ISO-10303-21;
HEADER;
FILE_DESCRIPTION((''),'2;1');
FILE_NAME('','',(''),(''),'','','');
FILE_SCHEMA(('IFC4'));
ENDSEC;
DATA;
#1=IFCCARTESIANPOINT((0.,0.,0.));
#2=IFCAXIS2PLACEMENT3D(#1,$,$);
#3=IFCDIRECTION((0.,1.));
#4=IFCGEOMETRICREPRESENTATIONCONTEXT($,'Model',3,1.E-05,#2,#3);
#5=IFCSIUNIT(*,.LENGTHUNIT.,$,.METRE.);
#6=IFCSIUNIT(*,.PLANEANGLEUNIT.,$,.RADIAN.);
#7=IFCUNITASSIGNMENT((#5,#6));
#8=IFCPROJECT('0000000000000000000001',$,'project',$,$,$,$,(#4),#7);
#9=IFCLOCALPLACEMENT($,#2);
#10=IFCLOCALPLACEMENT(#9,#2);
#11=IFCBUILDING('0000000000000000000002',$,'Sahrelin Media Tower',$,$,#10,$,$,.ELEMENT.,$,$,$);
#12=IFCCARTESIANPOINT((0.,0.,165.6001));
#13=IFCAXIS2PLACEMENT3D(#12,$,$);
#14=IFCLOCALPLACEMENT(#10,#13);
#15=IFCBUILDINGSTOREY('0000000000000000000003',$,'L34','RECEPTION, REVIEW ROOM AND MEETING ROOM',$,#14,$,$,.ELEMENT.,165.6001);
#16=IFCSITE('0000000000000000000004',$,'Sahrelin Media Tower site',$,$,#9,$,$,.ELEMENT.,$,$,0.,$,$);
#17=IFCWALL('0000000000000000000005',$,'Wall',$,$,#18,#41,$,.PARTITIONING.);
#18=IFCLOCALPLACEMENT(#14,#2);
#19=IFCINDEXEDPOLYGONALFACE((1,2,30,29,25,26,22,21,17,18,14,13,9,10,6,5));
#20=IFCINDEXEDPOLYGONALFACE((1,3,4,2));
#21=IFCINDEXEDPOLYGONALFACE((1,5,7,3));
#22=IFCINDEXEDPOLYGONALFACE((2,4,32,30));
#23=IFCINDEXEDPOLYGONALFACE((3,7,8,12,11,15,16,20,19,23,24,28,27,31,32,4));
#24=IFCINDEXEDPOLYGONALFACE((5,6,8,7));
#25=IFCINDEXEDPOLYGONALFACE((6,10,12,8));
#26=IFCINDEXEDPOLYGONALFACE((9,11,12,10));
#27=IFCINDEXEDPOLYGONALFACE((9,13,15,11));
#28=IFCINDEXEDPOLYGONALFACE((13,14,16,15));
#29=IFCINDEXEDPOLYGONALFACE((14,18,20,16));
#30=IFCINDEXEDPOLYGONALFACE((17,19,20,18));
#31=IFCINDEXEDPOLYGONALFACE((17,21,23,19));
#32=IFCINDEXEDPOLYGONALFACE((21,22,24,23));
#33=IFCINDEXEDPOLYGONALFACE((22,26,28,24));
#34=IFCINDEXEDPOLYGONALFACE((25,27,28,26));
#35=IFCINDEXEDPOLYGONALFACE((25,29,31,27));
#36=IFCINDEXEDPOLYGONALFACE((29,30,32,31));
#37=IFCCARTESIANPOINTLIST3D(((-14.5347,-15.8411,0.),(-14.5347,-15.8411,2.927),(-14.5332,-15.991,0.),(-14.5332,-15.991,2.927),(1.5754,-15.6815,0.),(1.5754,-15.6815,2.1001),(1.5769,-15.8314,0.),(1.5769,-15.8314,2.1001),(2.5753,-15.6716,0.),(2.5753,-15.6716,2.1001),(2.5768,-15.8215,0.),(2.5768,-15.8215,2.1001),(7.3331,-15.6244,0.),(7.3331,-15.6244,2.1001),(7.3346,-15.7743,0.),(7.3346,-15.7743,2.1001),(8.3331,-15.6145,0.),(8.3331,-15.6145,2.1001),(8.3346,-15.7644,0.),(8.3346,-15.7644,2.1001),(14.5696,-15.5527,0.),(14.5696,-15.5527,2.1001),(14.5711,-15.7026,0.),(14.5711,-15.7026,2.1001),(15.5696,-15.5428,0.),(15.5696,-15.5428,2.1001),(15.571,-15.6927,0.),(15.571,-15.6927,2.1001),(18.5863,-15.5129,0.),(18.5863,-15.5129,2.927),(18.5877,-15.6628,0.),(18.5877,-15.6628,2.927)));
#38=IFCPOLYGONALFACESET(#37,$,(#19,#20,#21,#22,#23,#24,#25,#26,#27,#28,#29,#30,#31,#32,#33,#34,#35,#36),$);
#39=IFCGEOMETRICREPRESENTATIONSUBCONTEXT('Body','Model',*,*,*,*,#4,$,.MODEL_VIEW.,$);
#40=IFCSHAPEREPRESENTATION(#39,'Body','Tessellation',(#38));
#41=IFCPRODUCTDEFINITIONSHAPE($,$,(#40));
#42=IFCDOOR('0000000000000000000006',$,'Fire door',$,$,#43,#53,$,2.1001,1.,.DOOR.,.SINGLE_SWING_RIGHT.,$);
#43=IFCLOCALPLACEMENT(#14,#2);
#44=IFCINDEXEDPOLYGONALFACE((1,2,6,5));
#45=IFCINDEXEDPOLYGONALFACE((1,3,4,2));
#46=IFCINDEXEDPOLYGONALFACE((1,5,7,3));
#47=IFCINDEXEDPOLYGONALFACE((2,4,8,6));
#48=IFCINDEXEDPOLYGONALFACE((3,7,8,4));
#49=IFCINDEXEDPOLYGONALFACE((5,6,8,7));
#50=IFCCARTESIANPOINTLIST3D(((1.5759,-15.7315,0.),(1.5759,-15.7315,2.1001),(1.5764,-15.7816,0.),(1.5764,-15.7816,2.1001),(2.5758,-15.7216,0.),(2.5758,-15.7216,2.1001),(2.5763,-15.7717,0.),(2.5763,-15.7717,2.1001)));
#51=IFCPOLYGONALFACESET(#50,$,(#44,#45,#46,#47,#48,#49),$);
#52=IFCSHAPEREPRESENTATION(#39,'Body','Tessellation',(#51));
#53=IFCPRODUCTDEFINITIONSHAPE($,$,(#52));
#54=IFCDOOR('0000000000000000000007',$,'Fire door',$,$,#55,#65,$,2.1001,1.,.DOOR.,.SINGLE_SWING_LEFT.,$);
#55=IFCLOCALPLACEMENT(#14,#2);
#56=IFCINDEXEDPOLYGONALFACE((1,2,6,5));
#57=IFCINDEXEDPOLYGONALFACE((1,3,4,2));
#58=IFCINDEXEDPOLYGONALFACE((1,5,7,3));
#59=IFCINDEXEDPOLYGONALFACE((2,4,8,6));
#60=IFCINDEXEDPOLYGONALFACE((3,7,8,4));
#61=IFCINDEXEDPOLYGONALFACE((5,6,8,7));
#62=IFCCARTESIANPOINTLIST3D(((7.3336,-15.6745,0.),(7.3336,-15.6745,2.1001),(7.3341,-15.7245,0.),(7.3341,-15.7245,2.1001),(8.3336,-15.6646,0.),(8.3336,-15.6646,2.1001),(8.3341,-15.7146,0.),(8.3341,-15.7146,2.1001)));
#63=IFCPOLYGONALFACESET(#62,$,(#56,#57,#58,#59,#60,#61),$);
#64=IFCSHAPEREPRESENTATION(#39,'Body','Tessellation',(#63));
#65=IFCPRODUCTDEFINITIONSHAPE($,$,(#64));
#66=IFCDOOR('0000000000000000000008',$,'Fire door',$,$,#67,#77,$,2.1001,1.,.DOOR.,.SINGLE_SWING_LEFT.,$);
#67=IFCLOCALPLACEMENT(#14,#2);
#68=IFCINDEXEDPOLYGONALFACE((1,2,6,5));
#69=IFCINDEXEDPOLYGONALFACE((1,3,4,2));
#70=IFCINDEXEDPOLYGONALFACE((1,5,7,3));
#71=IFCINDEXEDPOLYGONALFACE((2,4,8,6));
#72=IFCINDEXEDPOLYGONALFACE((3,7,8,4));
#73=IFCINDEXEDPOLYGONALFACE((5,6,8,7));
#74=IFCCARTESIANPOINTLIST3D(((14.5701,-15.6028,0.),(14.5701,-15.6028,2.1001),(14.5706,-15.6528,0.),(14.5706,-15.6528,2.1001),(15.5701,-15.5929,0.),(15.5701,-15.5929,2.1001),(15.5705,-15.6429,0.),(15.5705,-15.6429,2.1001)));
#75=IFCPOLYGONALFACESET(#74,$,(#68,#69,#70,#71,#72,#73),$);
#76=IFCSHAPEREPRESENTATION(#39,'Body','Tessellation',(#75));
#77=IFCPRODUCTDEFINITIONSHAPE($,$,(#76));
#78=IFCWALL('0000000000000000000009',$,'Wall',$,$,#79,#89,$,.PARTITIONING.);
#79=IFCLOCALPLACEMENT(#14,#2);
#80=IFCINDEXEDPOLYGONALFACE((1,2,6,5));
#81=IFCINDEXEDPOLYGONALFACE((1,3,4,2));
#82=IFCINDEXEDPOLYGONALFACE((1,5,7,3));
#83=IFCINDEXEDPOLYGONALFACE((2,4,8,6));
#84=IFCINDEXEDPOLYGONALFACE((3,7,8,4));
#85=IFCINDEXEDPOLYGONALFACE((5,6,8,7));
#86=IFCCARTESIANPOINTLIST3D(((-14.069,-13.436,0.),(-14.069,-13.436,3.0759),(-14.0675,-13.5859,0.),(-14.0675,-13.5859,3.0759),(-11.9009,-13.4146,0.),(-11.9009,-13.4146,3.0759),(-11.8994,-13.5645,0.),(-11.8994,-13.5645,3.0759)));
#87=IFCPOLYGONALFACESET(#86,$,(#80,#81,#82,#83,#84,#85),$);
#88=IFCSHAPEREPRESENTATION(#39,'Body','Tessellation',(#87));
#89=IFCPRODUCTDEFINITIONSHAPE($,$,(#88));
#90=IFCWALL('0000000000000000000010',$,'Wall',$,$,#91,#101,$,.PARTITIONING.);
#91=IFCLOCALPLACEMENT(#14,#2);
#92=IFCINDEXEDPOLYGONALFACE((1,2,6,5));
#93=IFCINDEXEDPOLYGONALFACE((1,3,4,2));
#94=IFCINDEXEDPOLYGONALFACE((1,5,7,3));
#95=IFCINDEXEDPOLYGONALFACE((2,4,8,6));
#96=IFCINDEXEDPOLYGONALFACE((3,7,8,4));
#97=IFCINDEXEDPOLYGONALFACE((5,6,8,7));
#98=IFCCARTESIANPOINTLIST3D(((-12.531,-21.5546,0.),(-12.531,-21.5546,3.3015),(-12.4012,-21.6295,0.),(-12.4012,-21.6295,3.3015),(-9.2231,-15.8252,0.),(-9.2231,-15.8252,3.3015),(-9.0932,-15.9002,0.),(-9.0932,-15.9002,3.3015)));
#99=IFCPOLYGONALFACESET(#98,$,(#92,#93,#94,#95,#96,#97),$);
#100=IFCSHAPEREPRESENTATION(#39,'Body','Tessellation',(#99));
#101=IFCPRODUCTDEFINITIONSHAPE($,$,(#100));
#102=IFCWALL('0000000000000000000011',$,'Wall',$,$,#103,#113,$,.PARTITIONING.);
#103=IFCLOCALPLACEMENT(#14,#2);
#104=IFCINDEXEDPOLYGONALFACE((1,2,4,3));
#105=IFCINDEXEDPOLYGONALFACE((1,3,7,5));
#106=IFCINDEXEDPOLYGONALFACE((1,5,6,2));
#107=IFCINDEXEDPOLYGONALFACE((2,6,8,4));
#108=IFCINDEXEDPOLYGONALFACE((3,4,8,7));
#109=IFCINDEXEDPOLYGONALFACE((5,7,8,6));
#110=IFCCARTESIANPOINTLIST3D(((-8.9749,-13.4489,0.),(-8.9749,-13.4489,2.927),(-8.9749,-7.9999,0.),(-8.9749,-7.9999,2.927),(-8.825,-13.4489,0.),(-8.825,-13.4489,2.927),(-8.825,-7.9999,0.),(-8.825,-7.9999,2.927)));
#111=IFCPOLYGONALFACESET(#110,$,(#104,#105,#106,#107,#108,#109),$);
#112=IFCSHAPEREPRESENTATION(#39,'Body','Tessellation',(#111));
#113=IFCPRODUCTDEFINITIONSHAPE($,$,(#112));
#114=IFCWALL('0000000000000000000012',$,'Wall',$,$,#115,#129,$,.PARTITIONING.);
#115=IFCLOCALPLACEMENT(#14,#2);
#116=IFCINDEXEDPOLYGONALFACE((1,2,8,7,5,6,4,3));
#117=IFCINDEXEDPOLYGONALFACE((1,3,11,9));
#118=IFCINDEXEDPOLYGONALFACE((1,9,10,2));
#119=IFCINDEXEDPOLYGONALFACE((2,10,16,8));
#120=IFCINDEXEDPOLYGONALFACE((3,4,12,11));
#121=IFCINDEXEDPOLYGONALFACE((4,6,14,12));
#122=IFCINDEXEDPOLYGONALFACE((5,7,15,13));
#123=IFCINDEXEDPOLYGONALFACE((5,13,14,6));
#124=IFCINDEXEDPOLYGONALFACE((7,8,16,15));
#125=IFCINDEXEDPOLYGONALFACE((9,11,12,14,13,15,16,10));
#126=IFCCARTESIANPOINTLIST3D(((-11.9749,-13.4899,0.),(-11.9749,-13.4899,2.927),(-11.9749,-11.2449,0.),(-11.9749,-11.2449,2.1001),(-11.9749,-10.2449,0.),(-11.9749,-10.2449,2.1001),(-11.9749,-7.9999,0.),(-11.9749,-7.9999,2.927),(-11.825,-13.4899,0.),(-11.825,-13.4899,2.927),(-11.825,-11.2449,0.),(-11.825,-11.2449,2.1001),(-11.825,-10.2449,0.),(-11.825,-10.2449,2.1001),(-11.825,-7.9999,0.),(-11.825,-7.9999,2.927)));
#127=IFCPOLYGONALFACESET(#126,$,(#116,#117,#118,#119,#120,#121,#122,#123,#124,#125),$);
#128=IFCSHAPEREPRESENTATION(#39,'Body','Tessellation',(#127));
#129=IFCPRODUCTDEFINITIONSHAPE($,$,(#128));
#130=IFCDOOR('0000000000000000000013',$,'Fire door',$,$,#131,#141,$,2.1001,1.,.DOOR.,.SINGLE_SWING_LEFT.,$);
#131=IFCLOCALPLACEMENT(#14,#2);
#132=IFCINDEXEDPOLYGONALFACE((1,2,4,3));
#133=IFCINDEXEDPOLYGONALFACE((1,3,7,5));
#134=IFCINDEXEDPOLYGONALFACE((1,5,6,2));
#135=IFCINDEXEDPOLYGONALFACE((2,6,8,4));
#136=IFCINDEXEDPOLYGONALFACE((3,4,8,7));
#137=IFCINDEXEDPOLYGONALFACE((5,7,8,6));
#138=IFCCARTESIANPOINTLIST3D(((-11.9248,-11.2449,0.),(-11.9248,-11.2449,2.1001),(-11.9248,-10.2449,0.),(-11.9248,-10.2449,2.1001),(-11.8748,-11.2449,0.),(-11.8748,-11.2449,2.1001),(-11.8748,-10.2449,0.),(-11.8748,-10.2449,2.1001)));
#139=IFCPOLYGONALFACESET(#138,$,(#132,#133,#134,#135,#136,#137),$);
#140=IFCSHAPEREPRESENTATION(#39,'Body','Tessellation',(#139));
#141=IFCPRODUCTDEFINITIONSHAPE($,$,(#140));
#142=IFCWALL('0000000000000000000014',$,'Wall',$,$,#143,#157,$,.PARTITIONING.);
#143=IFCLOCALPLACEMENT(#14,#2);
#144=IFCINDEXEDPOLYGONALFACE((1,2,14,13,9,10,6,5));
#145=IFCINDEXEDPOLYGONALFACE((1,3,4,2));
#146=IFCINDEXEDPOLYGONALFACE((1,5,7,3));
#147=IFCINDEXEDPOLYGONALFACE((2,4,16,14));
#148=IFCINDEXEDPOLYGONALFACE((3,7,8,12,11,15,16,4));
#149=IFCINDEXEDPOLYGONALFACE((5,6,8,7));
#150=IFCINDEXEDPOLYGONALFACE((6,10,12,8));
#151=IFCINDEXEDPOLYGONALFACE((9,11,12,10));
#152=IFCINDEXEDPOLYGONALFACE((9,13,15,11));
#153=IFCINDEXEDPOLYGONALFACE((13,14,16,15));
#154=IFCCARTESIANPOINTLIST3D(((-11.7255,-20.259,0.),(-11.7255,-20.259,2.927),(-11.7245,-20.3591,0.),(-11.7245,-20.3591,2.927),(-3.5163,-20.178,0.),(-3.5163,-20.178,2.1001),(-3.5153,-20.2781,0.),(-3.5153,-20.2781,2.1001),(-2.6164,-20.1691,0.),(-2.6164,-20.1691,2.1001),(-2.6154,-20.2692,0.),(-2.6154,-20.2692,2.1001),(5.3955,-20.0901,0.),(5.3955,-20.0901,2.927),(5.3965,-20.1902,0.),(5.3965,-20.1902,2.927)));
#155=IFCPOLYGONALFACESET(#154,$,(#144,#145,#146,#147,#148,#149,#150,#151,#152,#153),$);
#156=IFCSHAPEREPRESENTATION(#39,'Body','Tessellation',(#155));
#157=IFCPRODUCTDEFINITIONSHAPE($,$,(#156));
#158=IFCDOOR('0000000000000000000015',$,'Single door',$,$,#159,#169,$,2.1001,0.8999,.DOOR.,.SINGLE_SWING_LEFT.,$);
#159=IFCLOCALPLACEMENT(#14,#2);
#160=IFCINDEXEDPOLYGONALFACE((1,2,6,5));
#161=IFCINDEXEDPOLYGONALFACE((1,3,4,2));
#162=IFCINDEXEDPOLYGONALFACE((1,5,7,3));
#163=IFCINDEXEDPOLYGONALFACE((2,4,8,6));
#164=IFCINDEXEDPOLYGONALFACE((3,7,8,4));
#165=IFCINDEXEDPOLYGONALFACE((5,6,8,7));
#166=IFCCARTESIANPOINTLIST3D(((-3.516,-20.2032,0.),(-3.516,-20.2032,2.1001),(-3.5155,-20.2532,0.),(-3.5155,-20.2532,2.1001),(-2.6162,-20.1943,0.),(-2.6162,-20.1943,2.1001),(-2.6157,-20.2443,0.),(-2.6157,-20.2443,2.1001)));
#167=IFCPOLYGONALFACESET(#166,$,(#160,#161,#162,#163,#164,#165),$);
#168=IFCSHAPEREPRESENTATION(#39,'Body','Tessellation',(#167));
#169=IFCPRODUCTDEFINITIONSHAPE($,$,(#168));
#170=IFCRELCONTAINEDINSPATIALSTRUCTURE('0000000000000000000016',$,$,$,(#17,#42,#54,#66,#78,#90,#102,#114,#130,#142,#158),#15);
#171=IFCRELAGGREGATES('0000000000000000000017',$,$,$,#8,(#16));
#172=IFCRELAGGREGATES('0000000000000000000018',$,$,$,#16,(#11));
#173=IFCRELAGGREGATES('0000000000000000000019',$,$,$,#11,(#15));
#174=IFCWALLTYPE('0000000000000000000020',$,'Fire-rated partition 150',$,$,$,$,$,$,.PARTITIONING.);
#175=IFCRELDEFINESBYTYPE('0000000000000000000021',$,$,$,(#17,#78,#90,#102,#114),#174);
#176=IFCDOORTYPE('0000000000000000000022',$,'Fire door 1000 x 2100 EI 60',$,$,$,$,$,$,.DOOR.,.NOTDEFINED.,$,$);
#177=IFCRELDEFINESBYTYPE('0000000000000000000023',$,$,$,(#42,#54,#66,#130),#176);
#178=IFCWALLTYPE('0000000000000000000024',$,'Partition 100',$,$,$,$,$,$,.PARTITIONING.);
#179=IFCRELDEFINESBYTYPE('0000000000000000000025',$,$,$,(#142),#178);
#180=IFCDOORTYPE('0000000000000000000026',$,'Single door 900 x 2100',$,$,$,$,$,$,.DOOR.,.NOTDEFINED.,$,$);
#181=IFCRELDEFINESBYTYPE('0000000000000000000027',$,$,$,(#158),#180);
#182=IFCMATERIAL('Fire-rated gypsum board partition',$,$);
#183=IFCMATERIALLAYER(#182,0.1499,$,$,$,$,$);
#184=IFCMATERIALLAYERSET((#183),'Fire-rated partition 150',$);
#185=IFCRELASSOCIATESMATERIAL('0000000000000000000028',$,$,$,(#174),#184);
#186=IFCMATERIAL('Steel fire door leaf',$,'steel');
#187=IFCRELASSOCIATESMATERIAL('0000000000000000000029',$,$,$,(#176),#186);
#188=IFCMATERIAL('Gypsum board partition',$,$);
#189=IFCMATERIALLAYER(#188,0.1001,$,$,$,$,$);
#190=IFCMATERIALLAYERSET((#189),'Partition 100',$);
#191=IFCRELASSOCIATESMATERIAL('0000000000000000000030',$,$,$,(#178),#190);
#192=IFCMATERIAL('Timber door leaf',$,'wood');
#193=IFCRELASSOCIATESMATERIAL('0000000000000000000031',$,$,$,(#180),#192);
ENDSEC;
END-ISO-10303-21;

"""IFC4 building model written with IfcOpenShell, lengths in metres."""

from ifc_helpers import new_model, si_unit, direction, frame, frame_2d, origin, place, context, subcontext, project, spatial, rectangle, extrude, material, layer, layer_set, type_object, element, fill, save


model = new_model("IFC4")

# Units and contexts
model_context = context("Model", 3, precision=1e-05, world=origin(), true_north=direction((0.0, 1.0)))
body_context = subcontext(model_context, "Body", "Model", "MODEL_VIEW")
ifc_project = project(units=[si_unit("LENGTHUNIT", "METRE"), si_unit("PLANEANGLEUNIT", "RADIAN")], contexts=[model_context])

# Site, building, storey
site_placement = place(None, origin())
site = spatial("IfcSite", under=ifc_project, at=site_placement, Name="Sahrelin Media Tower site", CompositionType="ELEMENT", RefElevation=0.0)
building_placement = place(site_placement, origin())
building = spatial("IfcBuilding", under=site, at=building_placement, Name="Sahrelin Media Tower", CompositionType="ELEMENT")
storey_placement = place(building_placement, frame((0.0, 0.0, 165.6001)))
storey = spatial("IfcBuildingStorey", under=building, at=storey_placement, Name="L34", Description="RECEPTION, REVIEW ROOM AND MEETING ROOM", CompositionType="ELEMENT", Elevation=165.6001)

# Wall, openings, doors
ifc_material_1 = material(Name="Fire-rated gypsum board partition")
ifc_layer_1 = layer(ifc_material_1, 0.1499)
ifc_layer_set_1 = layer_set([ifc_layer_1], Name="Fire-rated partition 150")
wall_type_1 = type_object("IfcWallType", Name="Fire-rated partition 150", PredefinedType="PARTITIONING", material=ifc_layer_set_1)
wall_1_placement = place(storey_placement, frame((-14.5339, -15.916, 0.0), z_axis=(0.0, 0.0, 1.0), x_axis=(0.999951, 0.009906, 0.0)))
wall_1 = element("IfcWall", 1, at=wall_1_placement, inside=storey, type_object=wall_type_1, Name="Wall", PredefinedType="PARTITIONING", context=body_context, shape_type="SweptSolid", body=[
    extrude(rectangle(XDim=33.1226, YDim=0.1499, at=frame_2d((16.5613, 0.0))), origin(), (0.0, 0.0, 1.0), 2.927),
])
opening_1_placement = place(wall_1_placement, frame((16.1108, 0.0, 0.0)))
opening_1 = element("IfcOpeningElement", 2, at=opening_1_placement, cuts=wall_1, PredefinedType="OPENING", context=body_context, shape_type="SweptSolid", body=[
    extrude(rectangle(XDim=1.0, YDim=2.1001, at=frame_2d((0.5, 1.05))), frame((0.0, 0.075, 0.0), z_axis=(0.0, -1.0, 0.0), x_axis=(1.0, 0.0, 0.0)), (0.0, 0.0, 1.0), 0.1499),
])
opening_2_placement = place(wall_1_placement, frame((21.8689, 0.0, 0.0)))
opening_2 = element("IfcOpeningElement", 3, at=opening_2_placement, cuts=wall_1, PredefinedType="OPENING", context=body_context, shape_type="SweptSolid", body=[
    extrude(rectangle(XDim=1.0, YDim=2.1001, at=frame_2d((0.5, 1.05))), frame((0.0, 0.075, 0.0), z_axis=(0.0, -1.0, 0.0), x_axis=(1.0, 0.0, 0.0)), (0.0, 0.0, 1.0), 0.1499),
])
opening_3_placement = place(wall_1_placement, frame((29.1057, 0.0, 0.0)))
opening_3 = element("IfcOpeningElement", 4, at=opening_3_placement, cuts=wall_1, PredefinedType="OPENING", context=body_context, shape_type="SweptSolid", body=[
    extrude(rectangle(XDim=1.0, YDim=2.1001, at=frame_2d((0.5, 1.05))), frame((0.0, 0.075, 0.0), z_axis=(0.0, -1.0, 0.0), x_axis=(1.0, 0.0, 0.0)), (0.0, 0.0, 1.0), 0.1499),
])
ifc_material_2 = material(Name="Steel fire door leaf", Category="steel")
door_type_1 = type_object("IfcDoorType", Name="Fire door 1000 x 2100 EI 60", OperationType="NOTDEFINED", PredefinedType="DOOR", material=ifc_material_2)
door_1_placement = place(opening_1_placement, origin())
door_1 = element("IfcDoor", 5, at=door_1_placement, inside=storey, type_object=door_type_1, Name="Fire door", OperationType="SINGLE_SWING_RIGHT", OverallHeight=2.1001, OverallWidth=1.0, PredefinedType="DOOR", context=body_context, shape_type="SweptSolid", body=[
    extrude(rectangle(XDim=1.0, YDim=2.1001, at=frame_2d((0.5, 1.05))), frame((0.0, 0.0249, 0.0), z_axis=(0.0, -1.0, 0.0), x_axis=(1.0, 0.0, 0.0)), (0.0, 0.0, 1.0), 0.05),
])
fill(opening_1, door_1)
door_2_placement = place(opening_2_placement, origin())
door_2 = element("IfcDoor", 6, at=door_2_placement, inside=storey, type_object=door_type_1, Name="Fire door", OperationType="SINGLE_SWING_LEFT", OverallHeight=2.1001, OverallWidth=1.0, PredefinedType="DOOR", context=body_context, shape_type="SweptSolid", body=[
    extrude(rectangle(XDim=1.0, YDim=2.1001, at=frame_2d((0.5, 1.05))), frame((0.0, 0.0249, 0.0), z_axis=(0.0, -1.0, 0.0), x_axis=(1.0, 0.0, 0.0)), (0.0, 0.0, 1.0), 0.05),
])
fill(opening_2, door_2)
door_3_placement = place(opening_3_placement, origin())
door_3 = element("IfcDoor", 7, at=door_3_placement, inside=storey, type_object=door_type_1, Name="Fire door", OperationType="SINGLE_SWING_LEFT", OverallHeight=2.1001, OverallWidth=1.0, PredefinedType="DOOR", context=body_context, shape_type="SweptSolid", body=[
    extrude(rectangle(XDim=1.0, YDim=2.1001, at=frame_2d((0.5, 1.05))), frame((0.0, 0.0249, 0.0), z_axis=(0.0, -1.0, 0.0), x_axis=(1.0, 0.0, 0.0)), (0.0, 0.0, 1.0), 0.05),
])
fill(opening_3, door_3)

# Walls
wall_2_placement = place(storey_placement, frame((-14.0681, -13.511, 0.0), z_axis=(0.0, 0.0, 1.0), x_axis=(0.999951, 0.009908, 0.0)))
element("IfcWall", 8, at=wall_2_placement, inside=storey, type_object=wall_type_1, Name="Wall", PredefinedType="PARTITIONING", context=body_context, shape_type="SweptSolid", body=[
    extrude(rectangle(XDim=2.1682, YDim=0.1499, at=frame_2d((1.084, 0.0))), origin(), (0.0, 0.0, 1.0), 3.0759),
])
wall_3_placement = place(storey_placement, frame((-12.4661, -21.592, 0.0), z_axis=(0.0, 0.0, 1.0), x_axis=(0.500009, 0.86602, 0.0)))
element("IfcWall", 9, at=wall_3_placement, inside=storey, type_object=wall_type_1, Name="Wall", PredefinedType="PARTITIONING", context=body_context, shape_type="SweptSolid", body=[
    extrude(rectangle(XDim=6.6157, YDim=0.1499, at=frame_2d((3.3079, 0.0))), origin(), (0.0, 0.0, 1.0), 3.3015),
])
wall_4_placement = place(storey_placement, frame((-8.8999, -13.449, 0.0), z_axis=(0.0, 0.0, 1.0), x_axis=(0.0, 1.0, 0.0)))
element("IfcWall", 10, at=wall_4_placement, inside=storey, type_object=wall_type_1, Name="Wall", PredefinedType="PARTITIONING", context=body_context, shape_type="SweptSolid", body=[
    extrude(rectangle(XDim=5.449, YDim=0.1499, at=frame_2d((2.7246, 0.0))), origin(), (0.0, 0.0, 1.0), 2.927),
])

# Walls, openings, doors
wall_5_placement = place(storey_placement, frame((-11.8999, -13.49, 0.0), z_axis=(0.0, 0.0, 1.0), x_axis=(0.0, 1.0, 0.0)))
wall_5 = element("IfcWall", 11, at=wall_5_placement, inside=storey, type_object=wall_type_1, Name="Wall", PredefinedType="PARTITIONING", context=body_context, shape_type="SweptSolid", body=[
    extrude(rectangle(XDim=5.49, YDim=0.1499, at=frame_2d((2.7451, 0.0))), origin(), (0.0, 0.0, 1.0), 2.927),
])
opening_4_placement = place(wall_5_placement, frame((2.2451, 0.0, 0.0)))
opening_4 = element("IfcOpeningElement", 12, at=opening_4_placement, cuts=wall_5, PredefinedType="OPENING", context=body_context, shape_type="SweptSolid", body=[
    extrude(rectangle(XDim=1.0, YDim=2.1001, at=frame_2d((0.5, 1.05))), frame((0.0, 0.075, 0.0), z_axis=(0.0, -1.0, 0.0), x_axis=(1.0, 0.0, 0.0)), (0.0, 0.0, 1.0), 0.1499),
])
door_4_placement = place(opening_4_placement, origin())
door_4 = element("IfcDoor", 13, at=door_4_placement, inside=storey, type_object=door_type_1, Name="Fire door", OperationType="SINGLE_SWING_LEFT", OverallHeight=2.1001, OverallWidth=1.0, PredefinedType="DOOR", context=body_context, shape_type="SweptSolid", body=[
    extrude(rectangle(XDim=1.0, YDim=2.1001, at=frame_2d((0.5, 1.05))), frame((0.0, 0.0249, 0.0), z_axis=(0.0, -1.0, 0.0), x_axis=(1.0, 0.0, 0.0)), (0.0, 0.0, 1.0), 0.05),
])
fill(opening_4, door_4)
ifc_material_3 = material(Name="Gypsum board partition")
ifc_layer_2 = layer(ifc_material_3, 0.1001)
ifc_layer_set_2 = layer_set([ifc_layer_2], Name="Partition 100")
wall_type_2 = type_object("IfcWallType", Name="Partition 100", PredefinedType="PARTITIONING", material=ifc_layer_set_2)
wall_6_placement = place(storey_placement, frame((-11.7251, -20.3091, 0.0), z_axis=(0.0, 0.0, 1.0), x_axis=(0.999951, 0.009867, 0.0)))
wall_6 = element("IfcWall", 14, at=wall_6_placement, inside=storey, type_object=wall_type_2, Name="Wall", PredefinedType="PARTITIONING", context=body_context, shape_type="SweptSolid", body=[
    extrude(rectangle(XDim=17.1218, YDim=0.1001, at=frame_2d((8.561, 0.0))), origin(), (0.0, 0.0, 1.0), 2.927),
])
opening_5_placement = place(wall_6_placement, frame((8.2097, 0.0, 0.0)))
opening_5 = element("IfcOpeningElement", 15, at=opening_5_placement, cuts=wall_6, PredefinedType="OPENING", context=body_context, shape_type="SweptSolid", body=[
    extrude(rectangle(XDim=0.8999, YDim=2.1001, at=frame_2d((0.45, 1.05))), frame((0.0, 0.05, 0.0), z_axis=(0.0, -1.0, 0.0), x_axis=(1.0, 0.0, 0.0)), (0.0, 0.0, 1.0), 0.1001),
])
ifc_material_4 = material(Name="Timber door leaf", Category="wood")
door_type_2 = type_object("IfcDoorType", Name="Single door 900 x 2100", OperationType="NOTDEFINED", PredefinedType="DOOR", material=ifc_material_4)
door_5_placement = place(opening_5_placement, origin())
door_5 = element("IfcDoor", 16, at=door_5_placement, inside=storey, type_object=door_type_2, Name="Single door", OperationType="SINGLE_SWING_LEFT", OverallHeight=2.1001, OverallWidth=0.8999, PredefinedType="DOOR", context=body_context, shape_type="SweptSolid", body=[
    extrude(rectangle(XDim=0.8999, YDim=2.1001, at=frame_2d((0.45, 1.05))), frame((0.0, 0.0249, 0.0), z_axis=(0.0, -1.0, 0.0), x_axis=(1.0, 0.0, 0.0)), (0.0, 0.0, 1.0), 0.05),
])
fill(opening_5, door_5)

save(model, "model.ifc")
